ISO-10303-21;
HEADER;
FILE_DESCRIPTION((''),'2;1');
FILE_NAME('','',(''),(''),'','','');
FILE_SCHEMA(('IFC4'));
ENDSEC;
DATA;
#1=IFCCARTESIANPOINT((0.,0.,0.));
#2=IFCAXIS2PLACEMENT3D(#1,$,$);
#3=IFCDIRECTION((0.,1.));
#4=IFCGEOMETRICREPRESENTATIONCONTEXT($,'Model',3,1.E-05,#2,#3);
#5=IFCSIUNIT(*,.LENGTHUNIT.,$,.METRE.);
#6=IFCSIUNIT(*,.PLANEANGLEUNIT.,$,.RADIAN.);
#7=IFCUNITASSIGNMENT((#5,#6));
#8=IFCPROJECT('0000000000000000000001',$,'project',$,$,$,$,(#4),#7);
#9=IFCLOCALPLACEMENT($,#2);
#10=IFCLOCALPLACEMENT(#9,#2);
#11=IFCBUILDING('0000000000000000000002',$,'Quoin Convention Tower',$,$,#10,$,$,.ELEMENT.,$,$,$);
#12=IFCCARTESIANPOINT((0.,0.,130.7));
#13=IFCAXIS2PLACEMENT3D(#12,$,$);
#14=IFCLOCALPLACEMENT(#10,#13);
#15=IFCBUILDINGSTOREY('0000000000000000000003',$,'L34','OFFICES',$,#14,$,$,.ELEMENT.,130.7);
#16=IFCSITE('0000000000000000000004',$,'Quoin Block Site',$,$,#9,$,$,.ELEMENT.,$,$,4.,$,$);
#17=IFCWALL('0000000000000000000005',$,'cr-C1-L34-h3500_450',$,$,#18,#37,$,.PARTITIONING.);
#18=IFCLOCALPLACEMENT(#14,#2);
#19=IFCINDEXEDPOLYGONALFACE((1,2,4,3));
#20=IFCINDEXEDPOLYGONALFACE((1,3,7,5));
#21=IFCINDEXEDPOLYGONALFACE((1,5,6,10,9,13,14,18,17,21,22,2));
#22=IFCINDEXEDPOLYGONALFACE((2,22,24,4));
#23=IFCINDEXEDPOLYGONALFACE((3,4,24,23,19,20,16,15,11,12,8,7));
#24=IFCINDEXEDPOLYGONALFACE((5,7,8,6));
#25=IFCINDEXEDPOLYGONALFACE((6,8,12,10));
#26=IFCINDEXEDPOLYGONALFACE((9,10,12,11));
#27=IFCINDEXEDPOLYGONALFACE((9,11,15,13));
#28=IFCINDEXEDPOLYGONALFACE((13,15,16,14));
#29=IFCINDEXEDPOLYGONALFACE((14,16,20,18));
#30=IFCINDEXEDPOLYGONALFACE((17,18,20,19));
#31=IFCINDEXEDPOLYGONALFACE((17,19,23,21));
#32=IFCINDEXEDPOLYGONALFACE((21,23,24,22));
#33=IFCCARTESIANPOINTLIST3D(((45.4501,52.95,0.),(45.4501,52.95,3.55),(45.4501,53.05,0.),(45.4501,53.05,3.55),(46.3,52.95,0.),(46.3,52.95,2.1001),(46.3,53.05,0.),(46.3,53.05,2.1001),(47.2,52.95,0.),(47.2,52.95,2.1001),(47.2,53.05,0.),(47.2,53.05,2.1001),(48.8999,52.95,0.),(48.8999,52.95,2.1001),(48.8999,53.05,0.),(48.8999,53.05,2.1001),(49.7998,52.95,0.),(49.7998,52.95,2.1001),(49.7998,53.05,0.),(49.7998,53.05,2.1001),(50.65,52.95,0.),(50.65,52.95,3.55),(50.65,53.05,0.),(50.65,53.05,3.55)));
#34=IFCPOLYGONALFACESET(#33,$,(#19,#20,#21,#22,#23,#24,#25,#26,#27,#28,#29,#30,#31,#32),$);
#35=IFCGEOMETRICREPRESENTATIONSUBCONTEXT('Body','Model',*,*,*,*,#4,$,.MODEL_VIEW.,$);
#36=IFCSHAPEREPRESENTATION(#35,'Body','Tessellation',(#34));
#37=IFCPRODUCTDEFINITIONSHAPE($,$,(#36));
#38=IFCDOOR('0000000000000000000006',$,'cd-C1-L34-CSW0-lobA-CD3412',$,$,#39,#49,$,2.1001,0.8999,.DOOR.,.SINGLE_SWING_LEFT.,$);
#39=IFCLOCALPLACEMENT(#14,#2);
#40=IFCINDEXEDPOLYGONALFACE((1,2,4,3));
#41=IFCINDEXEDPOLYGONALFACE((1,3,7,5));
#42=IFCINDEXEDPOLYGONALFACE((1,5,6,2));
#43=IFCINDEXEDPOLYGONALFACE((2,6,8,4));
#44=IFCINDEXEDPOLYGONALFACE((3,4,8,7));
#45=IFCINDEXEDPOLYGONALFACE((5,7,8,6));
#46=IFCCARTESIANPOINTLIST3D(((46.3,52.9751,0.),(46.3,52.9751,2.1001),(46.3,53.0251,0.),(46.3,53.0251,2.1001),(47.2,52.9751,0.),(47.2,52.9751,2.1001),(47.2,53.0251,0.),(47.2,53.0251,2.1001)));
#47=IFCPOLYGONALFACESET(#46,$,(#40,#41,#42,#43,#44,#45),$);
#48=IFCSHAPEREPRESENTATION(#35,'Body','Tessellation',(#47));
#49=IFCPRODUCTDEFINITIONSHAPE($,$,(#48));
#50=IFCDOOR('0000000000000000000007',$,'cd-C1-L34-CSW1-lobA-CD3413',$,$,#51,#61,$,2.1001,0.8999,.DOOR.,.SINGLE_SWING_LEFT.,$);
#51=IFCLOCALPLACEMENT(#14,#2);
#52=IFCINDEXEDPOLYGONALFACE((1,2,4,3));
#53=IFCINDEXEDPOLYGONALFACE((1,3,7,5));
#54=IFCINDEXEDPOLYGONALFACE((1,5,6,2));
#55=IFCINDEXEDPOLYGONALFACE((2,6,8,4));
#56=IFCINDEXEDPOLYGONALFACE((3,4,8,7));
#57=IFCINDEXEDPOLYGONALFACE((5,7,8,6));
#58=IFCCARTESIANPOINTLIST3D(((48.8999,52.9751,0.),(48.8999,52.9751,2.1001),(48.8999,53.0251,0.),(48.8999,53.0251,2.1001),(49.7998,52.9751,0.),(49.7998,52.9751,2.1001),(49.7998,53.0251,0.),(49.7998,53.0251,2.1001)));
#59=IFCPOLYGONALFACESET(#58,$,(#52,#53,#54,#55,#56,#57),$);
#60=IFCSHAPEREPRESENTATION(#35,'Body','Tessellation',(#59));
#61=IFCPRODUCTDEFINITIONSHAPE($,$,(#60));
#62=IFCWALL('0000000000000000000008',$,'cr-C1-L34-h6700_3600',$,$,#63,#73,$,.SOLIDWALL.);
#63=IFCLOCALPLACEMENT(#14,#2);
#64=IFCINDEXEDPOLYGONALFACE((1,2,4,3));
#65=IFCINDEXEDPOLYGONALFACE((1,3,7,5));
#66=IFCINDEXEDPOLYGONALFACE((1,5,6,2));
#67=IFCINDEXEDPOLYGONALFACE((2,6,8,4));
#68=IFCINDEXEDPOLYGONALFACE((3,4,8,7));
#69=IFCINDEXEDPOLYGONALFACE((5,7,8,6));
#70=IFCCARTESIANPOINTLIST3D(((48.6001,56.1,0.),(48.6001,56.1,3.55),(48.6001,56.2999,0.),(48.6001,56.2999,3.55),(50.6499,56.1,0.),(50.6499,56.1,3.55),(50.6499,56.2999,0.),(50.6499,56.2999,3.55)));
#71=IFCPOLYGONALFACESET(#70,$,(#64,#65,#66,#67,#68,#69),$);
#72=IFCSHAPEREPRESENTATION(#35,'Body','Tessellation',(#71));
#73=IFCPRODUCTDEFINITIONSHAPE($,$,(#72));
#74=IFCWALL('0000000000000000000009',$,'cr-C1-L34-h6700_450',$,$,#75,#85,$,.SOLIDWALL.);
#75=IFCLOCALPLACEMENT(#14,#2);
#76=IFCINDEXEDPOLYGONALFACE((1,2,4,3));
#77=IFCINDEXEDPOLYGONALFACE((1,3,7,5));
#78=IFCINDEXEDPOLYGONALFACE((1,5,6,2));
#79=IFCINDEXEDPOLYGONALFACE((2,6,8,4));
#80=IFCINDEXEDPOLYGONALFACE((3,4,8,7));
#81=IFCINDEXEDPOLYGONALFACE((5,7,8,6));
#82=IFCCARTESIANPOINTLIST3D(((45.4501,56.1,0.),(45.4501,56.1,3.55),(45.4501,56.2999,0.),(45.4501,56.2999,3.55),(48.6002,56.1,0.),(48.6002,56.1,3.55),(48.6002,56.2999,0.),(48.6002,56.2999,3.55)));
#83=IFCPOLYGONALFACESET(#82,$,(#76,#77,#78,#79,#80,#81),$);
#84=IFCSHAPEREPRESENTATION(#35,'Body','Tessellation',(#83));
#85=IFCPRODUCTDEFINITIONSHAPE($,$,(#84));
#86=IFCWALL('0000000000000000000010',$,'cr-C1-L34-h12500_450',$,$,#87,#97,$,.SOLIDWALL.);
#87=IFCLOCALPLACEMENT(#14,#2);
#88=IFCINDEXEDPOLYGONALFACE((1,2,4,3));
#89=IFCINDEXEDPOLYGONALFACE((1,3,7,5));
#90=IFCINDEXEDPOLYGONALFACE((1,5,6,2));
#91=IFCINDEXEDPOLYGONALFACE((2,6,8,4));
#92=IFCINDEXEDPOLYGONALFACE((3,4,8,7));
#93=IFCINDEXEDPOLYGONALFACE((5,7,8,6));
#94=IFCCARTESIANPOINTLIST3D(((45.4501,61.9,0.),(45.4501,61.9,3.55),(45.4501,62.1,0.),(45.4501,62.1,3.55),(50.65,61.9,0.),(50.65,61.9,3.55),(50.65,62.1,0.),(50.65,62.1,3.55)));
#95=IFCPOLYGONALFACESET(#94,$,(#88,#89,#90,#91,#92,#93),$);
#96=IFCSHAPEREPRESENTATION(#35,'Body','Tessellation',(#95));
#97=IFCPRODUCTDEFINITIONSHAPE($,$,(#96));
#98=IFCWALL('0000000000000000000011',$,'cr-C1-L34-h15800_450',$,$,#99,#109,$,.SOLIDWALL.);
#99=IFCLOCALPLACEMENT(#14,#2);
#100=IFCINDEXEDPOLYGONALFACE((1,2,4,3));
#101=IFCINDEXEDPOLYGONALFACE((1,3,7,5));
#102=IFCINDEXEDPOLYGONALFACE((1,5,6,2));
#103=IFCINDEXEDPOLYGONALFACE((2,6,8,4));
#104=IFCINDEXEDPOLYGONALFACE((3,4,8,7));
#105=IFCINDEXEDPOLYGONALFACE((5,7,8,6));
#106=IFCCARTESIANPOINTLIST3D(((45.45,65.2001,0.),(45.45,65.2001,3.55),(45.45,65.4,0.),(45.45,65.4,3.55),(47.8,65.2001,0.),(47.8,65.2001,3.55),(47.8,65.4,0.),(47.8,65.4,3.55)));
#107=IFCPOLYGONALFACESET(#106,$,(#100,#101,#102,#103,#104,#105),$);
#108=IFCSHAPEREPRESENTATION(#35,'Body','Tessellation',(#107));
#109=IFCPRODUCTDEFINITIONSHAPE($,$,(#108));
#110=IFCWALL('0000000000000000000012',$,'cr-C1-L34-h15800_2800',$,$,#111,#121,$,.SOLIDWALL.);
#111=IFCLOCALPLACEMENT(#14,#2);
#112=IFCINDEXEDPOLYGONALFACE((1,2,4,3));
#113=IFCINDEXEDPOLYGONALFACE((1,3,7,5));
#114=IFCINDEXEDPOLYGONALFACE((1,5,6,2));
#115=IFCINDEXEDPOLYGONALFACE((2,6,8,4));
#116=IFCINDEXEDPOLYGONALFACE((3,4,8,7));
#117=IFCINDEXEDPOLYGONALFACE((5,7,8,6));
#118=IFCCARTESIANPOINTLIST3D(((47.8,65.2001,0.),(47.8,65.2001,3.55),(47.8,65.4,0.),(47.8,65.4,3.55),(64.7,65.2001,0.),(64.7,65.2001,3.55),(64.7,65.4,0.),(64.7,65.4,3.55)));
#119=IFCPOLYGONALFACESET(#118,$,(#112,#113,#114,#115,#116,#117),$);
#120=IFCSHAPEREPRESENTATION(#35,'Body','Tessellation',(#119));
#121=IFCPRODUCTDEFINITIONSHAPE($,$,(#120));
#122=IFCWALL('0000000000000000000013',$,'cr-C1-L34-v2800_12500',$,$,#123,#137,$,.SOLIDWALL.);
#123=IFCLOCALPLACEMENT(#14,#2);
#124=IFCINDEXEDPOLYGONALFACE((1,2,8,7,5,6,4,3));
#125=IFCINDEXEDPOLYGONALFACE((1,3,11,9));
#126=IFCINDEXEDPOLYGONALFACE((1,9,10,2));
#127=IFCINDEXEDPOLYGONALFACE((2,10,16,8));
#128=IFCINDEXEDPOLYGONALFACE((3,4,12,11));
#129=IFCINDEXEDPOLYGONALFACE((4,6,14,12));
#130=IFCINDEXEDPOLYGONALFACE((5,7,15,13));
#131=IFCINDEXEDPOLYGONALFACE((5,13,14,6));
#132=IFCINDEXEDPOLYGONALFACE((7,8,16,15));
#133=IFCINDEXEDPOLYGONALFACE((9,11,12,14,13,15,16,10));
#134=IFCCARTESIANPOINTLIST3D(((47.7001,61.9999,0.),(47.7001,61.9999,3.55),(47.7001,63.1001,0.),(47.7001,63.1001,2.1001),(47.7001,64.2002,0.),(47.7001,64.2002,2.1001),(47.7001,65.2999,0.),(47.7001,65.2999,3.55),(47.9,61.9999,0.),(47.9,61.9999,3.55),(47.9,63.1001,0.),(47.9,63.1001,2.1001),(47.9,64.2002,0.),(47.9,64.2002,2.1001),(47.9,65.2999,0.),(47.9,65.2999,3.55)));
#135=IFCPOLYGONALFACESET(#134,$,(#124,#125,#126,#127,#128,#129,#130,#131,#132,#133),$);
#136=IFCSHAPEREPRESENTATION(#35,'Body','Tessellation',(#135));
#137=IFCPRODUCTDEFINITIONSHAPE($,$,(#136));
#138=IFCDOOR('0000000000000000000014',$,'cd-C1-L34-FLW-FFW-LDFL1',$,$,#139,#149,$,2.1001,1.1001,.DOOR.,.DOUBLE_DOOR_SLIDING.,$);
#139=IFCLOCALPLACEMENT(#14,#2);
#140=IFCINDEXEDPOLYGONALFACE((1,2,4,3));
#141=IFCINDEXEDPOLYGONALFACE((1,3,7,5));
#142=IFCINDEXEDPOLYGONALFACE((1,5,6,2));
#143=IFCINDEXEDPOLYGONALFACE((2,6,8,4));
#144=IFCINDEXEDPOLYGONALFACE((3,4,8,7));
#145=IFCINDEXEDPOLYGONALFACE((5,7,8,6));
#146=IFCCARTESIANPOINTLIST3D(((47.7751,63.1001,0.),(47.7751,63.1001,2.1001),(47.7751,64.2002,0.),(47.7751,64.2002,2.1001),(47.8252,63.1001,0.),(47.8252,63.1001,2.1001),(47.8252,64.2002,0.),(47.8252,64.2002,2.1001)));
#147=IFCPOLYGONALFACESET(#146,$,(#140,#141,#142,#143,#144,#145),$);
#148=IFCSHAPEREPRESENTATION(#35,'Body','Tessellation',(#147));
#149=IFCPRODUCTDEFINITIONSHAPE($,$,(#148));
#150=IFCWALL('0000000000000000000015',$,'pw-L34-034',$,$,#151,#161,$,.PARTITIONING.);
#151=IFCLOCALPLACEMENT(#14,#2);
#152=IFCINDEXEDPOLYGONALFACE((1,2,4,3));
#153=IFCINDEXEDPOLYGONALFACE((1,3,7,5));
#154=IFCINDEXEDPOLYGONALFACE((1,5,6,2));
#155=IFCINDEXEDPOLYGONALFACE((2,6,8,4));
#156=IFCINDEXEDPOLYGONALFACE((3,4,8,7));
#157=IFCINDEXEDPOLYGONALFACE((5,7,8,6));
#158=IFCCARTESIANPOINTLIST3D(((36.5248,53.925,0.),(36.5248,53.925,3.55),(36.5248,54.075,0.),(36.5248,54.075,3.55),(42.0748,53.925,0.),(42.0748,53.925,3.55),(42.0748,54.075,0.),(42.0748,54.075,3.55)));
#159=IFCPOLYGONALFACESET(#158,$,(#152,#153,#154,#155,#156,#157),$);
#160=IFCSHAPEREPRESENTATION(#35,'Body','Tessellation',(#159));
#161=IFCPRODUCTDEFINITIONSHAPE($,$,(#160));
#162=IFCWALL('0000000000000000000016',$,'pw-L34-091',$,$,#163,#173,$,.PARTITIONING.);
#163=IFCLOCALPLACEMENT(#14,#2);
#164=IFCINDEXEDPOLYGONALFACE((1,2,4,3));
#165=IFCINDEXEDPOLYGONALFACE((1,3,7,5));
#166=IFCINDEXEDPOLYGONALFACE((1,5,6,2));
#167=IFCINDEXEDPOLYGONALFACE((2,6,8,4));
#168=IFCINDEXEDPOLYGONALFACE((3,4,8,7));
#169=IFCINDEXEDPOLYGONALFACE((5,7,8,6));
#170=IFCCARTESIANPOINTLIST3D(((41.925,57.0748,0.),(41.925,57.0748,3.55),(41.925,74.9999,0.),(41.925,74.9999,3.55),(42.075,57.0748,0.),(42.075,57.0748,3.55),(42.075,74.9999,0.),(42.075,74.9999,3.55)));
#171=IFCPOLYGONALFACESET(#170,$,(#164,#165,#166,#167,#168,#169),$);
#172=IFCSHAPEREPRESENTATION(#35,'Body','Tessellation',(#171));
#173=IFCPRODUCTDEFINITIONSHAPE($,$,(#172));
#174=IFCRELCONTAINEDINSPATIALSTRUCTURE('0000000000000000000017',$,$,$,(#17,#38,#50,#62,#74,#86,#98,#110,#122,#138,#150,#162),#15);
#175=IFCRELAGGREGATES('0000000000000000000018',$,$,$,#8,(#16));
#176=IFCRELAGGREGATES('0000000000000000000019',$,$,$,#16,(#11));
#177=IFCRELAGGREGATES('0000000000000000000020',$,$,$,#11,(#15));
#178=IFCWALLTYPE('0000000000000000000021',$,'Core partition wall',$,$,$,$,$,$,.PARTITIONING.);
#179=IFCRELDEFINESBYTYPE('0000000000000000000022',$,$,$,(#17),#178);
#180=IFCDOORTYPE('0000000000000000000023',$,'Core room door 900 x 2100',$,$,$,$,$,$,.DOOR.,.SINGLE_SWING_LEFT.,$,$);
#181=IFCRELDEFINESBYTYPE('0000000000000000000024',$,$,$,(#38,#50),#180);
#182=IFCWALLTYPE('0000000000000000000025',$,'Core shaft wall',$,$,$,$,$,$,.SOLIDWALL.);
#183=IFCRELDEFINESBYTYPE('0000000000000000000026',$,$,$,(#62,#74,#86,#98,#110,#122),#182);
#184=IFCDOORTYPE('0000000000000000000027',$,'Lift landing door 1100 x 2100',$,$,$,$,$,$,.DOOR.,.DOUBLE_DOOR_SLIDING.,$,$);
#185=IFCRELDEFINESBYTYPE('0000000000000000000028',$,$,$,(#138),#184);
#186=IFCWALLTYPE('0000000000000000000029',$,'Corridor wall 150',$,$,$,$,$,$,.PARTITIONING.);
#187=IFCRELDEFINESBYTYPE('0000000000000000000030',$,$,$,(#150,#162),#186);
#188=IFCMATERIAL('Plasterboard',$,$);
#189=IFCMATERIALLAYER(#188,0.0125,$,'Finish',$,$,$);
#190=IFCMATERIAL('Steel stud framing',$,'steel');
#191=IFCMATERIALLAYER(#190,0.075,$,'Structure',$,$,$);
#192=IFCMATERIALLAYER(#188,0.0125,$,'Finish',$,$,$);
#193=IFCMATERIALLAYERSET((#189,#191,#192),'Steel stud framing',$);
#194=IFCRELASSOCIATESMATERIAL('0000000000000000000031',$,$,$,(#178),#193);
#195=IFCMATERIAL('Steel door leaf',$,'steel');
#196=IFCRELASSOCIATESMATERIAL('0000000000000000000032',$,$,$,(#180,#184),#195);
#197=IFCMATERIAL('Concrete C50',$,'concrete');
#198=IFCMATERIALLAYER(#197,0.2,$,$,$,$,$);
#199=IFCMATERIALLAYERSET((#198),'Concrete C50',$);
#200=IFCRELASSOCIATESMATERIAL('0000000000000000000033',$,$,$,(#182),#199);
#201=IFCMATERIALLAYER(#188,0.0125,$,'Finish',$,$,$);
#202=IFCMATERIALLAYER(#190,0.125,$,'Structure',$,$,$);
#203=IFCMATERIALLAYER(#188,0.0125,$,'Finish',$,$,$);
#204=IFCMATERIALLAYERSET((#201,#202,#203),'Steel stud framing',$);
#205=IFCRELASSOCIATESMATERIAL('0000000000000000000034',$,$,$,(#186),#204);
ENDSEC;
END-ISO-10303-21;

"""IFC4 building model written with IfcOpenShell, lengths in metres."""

from ifc_helpers import new_model, si_unit, direction, frame, frame_2d, origin, place, context, subcontext, project, spatial, rectangle, extrude, material, layer, layer_set, type_object, element, fill, save


model = new_model("IFC4")

# Units and contexts
model_context = context("Model", 3, precision=1e-05, world=origin(), true_north=direction((0.0, 1.0)))
body_context = subcontext(model_context, "Body", "Model", "MODEL_VIEW")
ifc_project = project(units=[si_unit("LENGTHUNIT", "METRE"), si_unit("PLANEANGLEUNIT", "RADIAN")], contexts=[model_context])

# Site, building, storey
site_placement = place(None, origin())
site = spatial("IfcSite", under=ifc_project, at=site_placement, Name="Quoin Block Site", CompositionType="ELEMENT", RefElevation=4.0)
building_placement = place(site_placement, origin())
building = spatial("IfcBuilding", under=site, at=building_placement, Name="Quoin Convention Tower", CompositionType="ELEMENT")
storey_placement = place(building_placement, frame((0.0, 0.0, 130.7)))
storey = spatial("IfcBuildingStorey", under=building, at=storey_placement, Name="L34", Description="OFFICES", CompositionType="ELEMENT", Elevation=130.7)

# Shared definitions
ifc_material_1 = material(Name="Plasterboard")
ifc_material_2 = material(Name="Steel stud framing", Category="steel")

# Wall, openings, doors
ifc_layer_1 = layer(ifc_material_1, 0.0125, Name="Finish")
ifc_layer_2 = layer(ifc_material_2, 0.075, Name="Structure")
ifc_layer_3 = layer(ifc_material_1, 0.0125, Name="Finish")
ifc_layer_set_1 = layer_set([ifc_layer_1, ifc_layer_2, ifc_layer_3], Name="Steel stud framing")
wall_type_1 = type_object("IfcWallType", Name="Core partition wall", PredefinedType="PARTITIONING", material=ifc_layer_set_1)
wall_1_placement = place(storey_placement, frame((45.45, 53.0, 0.0), z_axis=(0.0, 0.0, 1.0), x_axis=(1.0, 0.0, 0.0)))
wall_1 = element("IfcWall", 1, at=wall_1_placement, inside=storey, type_object=wall_type_1, Name="cr-C1-L34-h3500_450", PredefinedType="PARTITIONING", context=body_context, shape_type="SweptSolid", body=[
    extrude(rectangle(XDim=5.2, YDim=0.1001, at=frame_2d((2.6001, 0.0))), origin(), (0.0, 0.0, 1.0), 3.55),
])
opening_1_placement = place(wall_1_placement, frame((0.8501, 0.0, 0.0)))
opening_1 = element("IfcOpeningElement", 2, at=opening_1_placement, cuts=wall_1, PredefinedType="OPENING", context=body_context, shape_type="SweptSolid", body=[
    extrude(rectangle(XDim=0.8999, YDim=2.1001, at=frame_2d((0.45, 1.05))), frame((0.0, 0.0601, 0.0), z_axis=(0.0, -1.0, 0.0), x_axis=(1.0, 0.0, 0.0)), (0.0, 0.0, 1.0), 0.1201),
])
opening_2_placement = place(wall_1_placement, frame((3.45, 0.0, 0.0)))
opening_2 = element("IfcOpeningElement", 3, at=opening_2_placement, cuts=wall_1, PredefinedType="OPENING", context=body_context, shape_type="SweptSolid", body=[
    extrude(rectangle(XDim=0.8999, YDim=2.1001, at=frame_2d((0.45, 1.05))), frame((0.0, 0.0601, 0.0), z_axis=(0.0, -1.0, 0.0), x_axis=(1.0, 0.0, 0.0)), (0.0, 0.0, 1.0), 0.1201),
])
ifc_material_3 = material(Name="Steel door leaf", Category="steel")
door_type_1 = type_object("IfcDoorType", Name="Core room door 900 x 2100", OperationType="SINGLE_SWING_LEFT", PredefinedType="DOOR", material=ifc_material_3)
door_1_placement = place(opening_1_placement, frame((0.8999, 0.0, 0.0), z_axis=(0.0, 0.0, 1.0), x_axis=(-1.0, 0.0, 0.0)))
door_1 = element("IfcDoor", 4, at=door_1_placement, inside=storey, type_object=door_type_1, Name="cd-C1-L34-CSW0-lobA-CD3412", OperationType="SINGLE_SWING_LEFT", OverallHeight=2.1001, OverallWidth=0.8999, PredefinedType="DOOR", context=body_context, shape_type="SweptSolid", body=[
    extrude(rectangle(XDim=0.8999, YDim=2.1001, at=frame_2d((0.45, 1.05))), frame((0.0, 0.0249, 0.0), z_axis=(0.0, -1.0, 0.0), x_axis=(1.0, 0.0, 0.0)), (0.0, 0.0, 1.0), 0.05),
])
fill(opening_1, door_1)
door_2_placement = place(opening_2_placement, frame((0.8999, 0.0, 0.0), z_axis=(0.0, 0.0, 1.0), x_axis=(-1.0, 0.0, 0.0)))
door_2 = element("IfcDoor", 5, at=door_2_placement, inside=storey, type_object=door_type_1, Name="cd-C1-L34-CSW1-lobA-CD3413", OperationType="SINGLE_SWING_LEFT", OverallHeight=2.1001, OverallWidth=0.8999, PredefinedType="DOOR", context=body_context, shape_type="SweptSolid", body=[
    extrude(rectangle(XDim=0.8999, YDim=2.1001, at=frame_2d((0.45, 1.05))), frame((0.0, 0.0249, 0.0), z_axis=(0.0, -1.0, 0.0), x_axis=(1.0, 0.0, 0.0)), (0.0, 0.0, 1.0), 0.05),
])
fill(opening_2, door_2)

# Walls
ifc_material_4 = material(Name="Concrete C50", Category="concrete")
ifc_layer_4 = layer(ifc_material_4, 0.2)
ifc_layer_set_2 = layer_set([ifc_layer_4], Name="Concrete C50")
wall_type_2 = type_object("IfcWallType", Name="Core shaft wall", PredefinedType="SOLIDWALL", material=ifc_layer_set_2)
wall_2_placement = place(storey_placement, frame((48.6001, 56.2, 0.0), z_axis=(0.0, 0.0, 1.0), x_axis=(1.0, 0.0, 0.0)))
element("IfcWall", 6, at=wall_2_placement, inside=storey, type_object=wall_type_2, Name="cr-C1-L34-h6700_3600", PredefinedType="SOLIDWALL", context=body_context, shape_type="SweptSolid", body=[
    extrude(rectangle(XDim=2.0498, YDim=0.2, at=frame_2d((1.0249, 0.0))), origin(), (0.0, 0.0, 1.0), 3.55),
])
wall_3_placement = place(storey_placement, frame((45.45, 56.2, 0.0), z_axis=(0.0, 0.0, 1.0), x_axis=(1.0, 0.0, 0.0)))
element("IfcWall", 7, at=wall_3_placement, inside=storey, type_object=wall_type_2, Name="cr-C1-L34-h6700_450", PredefinedType="SOLIDWALL", context=body_context, shape_type="SweptSolid", body=[
    extrude(rectangle(XDim=3.1501, YDim=0.2, at=frame_2d((1.5752, 0.0))), origin(), (0.0, 0.0, 1.0), 3.55),
])
wall_4_placement = place(storey_placement, frame((45.45, 62.0, 0.0), z_axis=(0.0, 0.0, 1.0), x_axis=(1.0, 0.0, 0.0)))
element("IfcWall", 8, at=wall_4_placement, inside=storey, type_object=wall_type_2, Name="cr-C1-L34-h12500_450", PredefinedType="SOLIDWALL", context=body_context, shape_type="SweptSolid", body=[
    extrude(rectangle(XDim=5.2, YDim=0.2, at=frame_2d((2.6001, 0.0))), origin(), (0.0, 0.0, 1.0), 3.55),
])
wall_5_placement = place(storey_placement, frame((45.45, 65.3, 0.0), z_axis=(0.0, 0.0, 1.0), x_axis=(1.0, 0.0, 0.0)))
element("IfcWall", 9, at=wall_5_placement, inside=storey, type_object=wall_type_2, Name="cr-C1-L34-h15800_450", PredefinedType="SOLIDWALL", context=body_context, shape_type="SweptSolid", body=[
    extrude(rectangle(XDim=2.3501, YDim=0.2, at=frame_2d((1.175, 0.0))), origin(), (0.0, 0.0, 1.0), 3.55),
])
wall_6_placement = place(storey_placement, frame((47.8, 65.3, 0.0), z_axis=(0.0, 0.0, 1.0), x_axis=(1.0, 0.0, 0.0)))
element("IfcWall", 10, at=wall_6_placement, inside=storey, type_object=wall_type_2, Name="cr-C1-L34-h15800_2800", PredefinedType="SOLIDWALL", context=body_context, shape_type="SweptSolid", body=[
    extrude(rectangle(XDim=16.8999, YDim=0.2, at=frame_2d((8.45, 0.0))), origin(), (0.0, 0.0, 1.0), 3.55),
])

# Wall, opening, door
wall_7_placement = place(storey_placement, frame((47.8, 62.0, 0.0), z_axis=(0.0, 0.0, 1.0), x_axis=(0.0, 1.0, 0.0)))
wall_7 = element("IfcWall", 11, at=wall_7_placement, inside=storey, type_object=wall_type_2, Name="cr-C1-L34-v2800_12500", PredefinedType="SOLIDWALL", context=body_context, shape_type="SweptSolid", body=[
    extrude(rectangle(XDim=3.3, YDim=0.2, at=frame_2d((1.6499, 0.0))), origin(), (0.0, 0.0, 1.0), 3.55),
])
opening_3_placement = place(wall_7_placement, frame((1.1001, 0.0, 0.0)))
opening_3 = element("IfcOpeningElement", 12, at=opening_3_placement, cuts=wall_7, PredefinedType="OPENING", context=body_context, shape_type="SweptSolid", body=[
    extrude(rectangle(XDim=1.1001, YDim=2.1001, at=frame_2d((0.55, 1.05))), frame((0.0, 0.1099, 0.0), z_axis=(0.0, -1.0, 0.0), x_axis=(1.0, 0.0, 0.0)), (0.0, 0.0, 1.0), 0.22),
])
door_type_2 = type_object("IfcDoorType", Name="Lift landing door 1100 x 2100", OperationType="DOUBLE_DOOR_SLIDING", PredefinedType="DOOR", material=ifc_material_3)
door_3_placement = place(opening_3_placement, origin())
door_3 = element("IfcDoor", 13, at=door_3_placement, inside=storey, type_object=door_type_2, Name="cd-C1-L34-FLW-FFW-LDFL1", OperationType="DOUBLE_DOOR_SLIDING", OverallHeight=2.1001, OverallWidth=1.1001, PredefinedType="DOOR", context=body_context, shape_type="SweptSolid", body=[
    extrude(rectangle(XDim=1.1001, YDim=2.1001, at=frame_2d((0.55, 1.05))), frame((0.0, 0.0249, 0.0), z_axis=(0.0, -1.0, 0.0), x_axis=(1.0, 0.0, 0.0)), (0.0, 0.0, 1.0), 0.05),
])
fill(opening_3, door_3)

# Walls
ifc_layer_5 = layer(ifc_material_1, 0.0125, Name="Finish")
ifc_layer_6 = layer(ifc_material_2, 0.125, Name="Structure")
ifc_layer_7 = layer(ifc_material_1, 0.0125, Name="Finish")
ifc_layer_set_3 = layer_set([ifc_layer_5, ifc_layer_6, ifc_layer_7], Name="Steel stud framing")
wall_type_3 = type_object("IfcWallType", Name="Corridor wall 150", PredefinedType="PARTITIONING", material=ifc_layer_set_3)
wall_8_placement = place(storey_placement, frame((36.5249, 54.0, 0.0), z_axis=(0.0, 0.0, 1.0), x_axis=(1.0, 0.0, 0.0)))
element("IfcWall", 14, at=wall_8_placement, inside=storey, type_object=wall_type_3, Name="pw-L34-034", PredefinedType="PARTITIONING", context=body_context, shape_type="SweptSolid", body=[
    extrude(rectangle(XDim=5.55, YDim=0.1499, at=frame_2d((2.7749, 0.0))), origin(), (0.0, 0.0, 1.0), 3.55),
])
wall_9_placement = place(storey_placement, frame((42.0, 57.075, 0.0), z_axis=(0.0, 0.0, 1.0), x_axis=(0.0, 1.0, 0.0)))
element("IfcWall", 15, at=wall_9_placement, inside=storey, type_object=wall_type_3, Name="pw-L34-091", PredefinedType="PARTITIONING", context=body_context, shape_type="SweptSolid", body=[
    extrude(rectangle(XDim=17.925, YDim=0.1499, at=frame_2d((8.9624, 0.0))), origin(), (0.0, 0.0, 1.0), 3.55),
])

save(model, "model.ifc")
